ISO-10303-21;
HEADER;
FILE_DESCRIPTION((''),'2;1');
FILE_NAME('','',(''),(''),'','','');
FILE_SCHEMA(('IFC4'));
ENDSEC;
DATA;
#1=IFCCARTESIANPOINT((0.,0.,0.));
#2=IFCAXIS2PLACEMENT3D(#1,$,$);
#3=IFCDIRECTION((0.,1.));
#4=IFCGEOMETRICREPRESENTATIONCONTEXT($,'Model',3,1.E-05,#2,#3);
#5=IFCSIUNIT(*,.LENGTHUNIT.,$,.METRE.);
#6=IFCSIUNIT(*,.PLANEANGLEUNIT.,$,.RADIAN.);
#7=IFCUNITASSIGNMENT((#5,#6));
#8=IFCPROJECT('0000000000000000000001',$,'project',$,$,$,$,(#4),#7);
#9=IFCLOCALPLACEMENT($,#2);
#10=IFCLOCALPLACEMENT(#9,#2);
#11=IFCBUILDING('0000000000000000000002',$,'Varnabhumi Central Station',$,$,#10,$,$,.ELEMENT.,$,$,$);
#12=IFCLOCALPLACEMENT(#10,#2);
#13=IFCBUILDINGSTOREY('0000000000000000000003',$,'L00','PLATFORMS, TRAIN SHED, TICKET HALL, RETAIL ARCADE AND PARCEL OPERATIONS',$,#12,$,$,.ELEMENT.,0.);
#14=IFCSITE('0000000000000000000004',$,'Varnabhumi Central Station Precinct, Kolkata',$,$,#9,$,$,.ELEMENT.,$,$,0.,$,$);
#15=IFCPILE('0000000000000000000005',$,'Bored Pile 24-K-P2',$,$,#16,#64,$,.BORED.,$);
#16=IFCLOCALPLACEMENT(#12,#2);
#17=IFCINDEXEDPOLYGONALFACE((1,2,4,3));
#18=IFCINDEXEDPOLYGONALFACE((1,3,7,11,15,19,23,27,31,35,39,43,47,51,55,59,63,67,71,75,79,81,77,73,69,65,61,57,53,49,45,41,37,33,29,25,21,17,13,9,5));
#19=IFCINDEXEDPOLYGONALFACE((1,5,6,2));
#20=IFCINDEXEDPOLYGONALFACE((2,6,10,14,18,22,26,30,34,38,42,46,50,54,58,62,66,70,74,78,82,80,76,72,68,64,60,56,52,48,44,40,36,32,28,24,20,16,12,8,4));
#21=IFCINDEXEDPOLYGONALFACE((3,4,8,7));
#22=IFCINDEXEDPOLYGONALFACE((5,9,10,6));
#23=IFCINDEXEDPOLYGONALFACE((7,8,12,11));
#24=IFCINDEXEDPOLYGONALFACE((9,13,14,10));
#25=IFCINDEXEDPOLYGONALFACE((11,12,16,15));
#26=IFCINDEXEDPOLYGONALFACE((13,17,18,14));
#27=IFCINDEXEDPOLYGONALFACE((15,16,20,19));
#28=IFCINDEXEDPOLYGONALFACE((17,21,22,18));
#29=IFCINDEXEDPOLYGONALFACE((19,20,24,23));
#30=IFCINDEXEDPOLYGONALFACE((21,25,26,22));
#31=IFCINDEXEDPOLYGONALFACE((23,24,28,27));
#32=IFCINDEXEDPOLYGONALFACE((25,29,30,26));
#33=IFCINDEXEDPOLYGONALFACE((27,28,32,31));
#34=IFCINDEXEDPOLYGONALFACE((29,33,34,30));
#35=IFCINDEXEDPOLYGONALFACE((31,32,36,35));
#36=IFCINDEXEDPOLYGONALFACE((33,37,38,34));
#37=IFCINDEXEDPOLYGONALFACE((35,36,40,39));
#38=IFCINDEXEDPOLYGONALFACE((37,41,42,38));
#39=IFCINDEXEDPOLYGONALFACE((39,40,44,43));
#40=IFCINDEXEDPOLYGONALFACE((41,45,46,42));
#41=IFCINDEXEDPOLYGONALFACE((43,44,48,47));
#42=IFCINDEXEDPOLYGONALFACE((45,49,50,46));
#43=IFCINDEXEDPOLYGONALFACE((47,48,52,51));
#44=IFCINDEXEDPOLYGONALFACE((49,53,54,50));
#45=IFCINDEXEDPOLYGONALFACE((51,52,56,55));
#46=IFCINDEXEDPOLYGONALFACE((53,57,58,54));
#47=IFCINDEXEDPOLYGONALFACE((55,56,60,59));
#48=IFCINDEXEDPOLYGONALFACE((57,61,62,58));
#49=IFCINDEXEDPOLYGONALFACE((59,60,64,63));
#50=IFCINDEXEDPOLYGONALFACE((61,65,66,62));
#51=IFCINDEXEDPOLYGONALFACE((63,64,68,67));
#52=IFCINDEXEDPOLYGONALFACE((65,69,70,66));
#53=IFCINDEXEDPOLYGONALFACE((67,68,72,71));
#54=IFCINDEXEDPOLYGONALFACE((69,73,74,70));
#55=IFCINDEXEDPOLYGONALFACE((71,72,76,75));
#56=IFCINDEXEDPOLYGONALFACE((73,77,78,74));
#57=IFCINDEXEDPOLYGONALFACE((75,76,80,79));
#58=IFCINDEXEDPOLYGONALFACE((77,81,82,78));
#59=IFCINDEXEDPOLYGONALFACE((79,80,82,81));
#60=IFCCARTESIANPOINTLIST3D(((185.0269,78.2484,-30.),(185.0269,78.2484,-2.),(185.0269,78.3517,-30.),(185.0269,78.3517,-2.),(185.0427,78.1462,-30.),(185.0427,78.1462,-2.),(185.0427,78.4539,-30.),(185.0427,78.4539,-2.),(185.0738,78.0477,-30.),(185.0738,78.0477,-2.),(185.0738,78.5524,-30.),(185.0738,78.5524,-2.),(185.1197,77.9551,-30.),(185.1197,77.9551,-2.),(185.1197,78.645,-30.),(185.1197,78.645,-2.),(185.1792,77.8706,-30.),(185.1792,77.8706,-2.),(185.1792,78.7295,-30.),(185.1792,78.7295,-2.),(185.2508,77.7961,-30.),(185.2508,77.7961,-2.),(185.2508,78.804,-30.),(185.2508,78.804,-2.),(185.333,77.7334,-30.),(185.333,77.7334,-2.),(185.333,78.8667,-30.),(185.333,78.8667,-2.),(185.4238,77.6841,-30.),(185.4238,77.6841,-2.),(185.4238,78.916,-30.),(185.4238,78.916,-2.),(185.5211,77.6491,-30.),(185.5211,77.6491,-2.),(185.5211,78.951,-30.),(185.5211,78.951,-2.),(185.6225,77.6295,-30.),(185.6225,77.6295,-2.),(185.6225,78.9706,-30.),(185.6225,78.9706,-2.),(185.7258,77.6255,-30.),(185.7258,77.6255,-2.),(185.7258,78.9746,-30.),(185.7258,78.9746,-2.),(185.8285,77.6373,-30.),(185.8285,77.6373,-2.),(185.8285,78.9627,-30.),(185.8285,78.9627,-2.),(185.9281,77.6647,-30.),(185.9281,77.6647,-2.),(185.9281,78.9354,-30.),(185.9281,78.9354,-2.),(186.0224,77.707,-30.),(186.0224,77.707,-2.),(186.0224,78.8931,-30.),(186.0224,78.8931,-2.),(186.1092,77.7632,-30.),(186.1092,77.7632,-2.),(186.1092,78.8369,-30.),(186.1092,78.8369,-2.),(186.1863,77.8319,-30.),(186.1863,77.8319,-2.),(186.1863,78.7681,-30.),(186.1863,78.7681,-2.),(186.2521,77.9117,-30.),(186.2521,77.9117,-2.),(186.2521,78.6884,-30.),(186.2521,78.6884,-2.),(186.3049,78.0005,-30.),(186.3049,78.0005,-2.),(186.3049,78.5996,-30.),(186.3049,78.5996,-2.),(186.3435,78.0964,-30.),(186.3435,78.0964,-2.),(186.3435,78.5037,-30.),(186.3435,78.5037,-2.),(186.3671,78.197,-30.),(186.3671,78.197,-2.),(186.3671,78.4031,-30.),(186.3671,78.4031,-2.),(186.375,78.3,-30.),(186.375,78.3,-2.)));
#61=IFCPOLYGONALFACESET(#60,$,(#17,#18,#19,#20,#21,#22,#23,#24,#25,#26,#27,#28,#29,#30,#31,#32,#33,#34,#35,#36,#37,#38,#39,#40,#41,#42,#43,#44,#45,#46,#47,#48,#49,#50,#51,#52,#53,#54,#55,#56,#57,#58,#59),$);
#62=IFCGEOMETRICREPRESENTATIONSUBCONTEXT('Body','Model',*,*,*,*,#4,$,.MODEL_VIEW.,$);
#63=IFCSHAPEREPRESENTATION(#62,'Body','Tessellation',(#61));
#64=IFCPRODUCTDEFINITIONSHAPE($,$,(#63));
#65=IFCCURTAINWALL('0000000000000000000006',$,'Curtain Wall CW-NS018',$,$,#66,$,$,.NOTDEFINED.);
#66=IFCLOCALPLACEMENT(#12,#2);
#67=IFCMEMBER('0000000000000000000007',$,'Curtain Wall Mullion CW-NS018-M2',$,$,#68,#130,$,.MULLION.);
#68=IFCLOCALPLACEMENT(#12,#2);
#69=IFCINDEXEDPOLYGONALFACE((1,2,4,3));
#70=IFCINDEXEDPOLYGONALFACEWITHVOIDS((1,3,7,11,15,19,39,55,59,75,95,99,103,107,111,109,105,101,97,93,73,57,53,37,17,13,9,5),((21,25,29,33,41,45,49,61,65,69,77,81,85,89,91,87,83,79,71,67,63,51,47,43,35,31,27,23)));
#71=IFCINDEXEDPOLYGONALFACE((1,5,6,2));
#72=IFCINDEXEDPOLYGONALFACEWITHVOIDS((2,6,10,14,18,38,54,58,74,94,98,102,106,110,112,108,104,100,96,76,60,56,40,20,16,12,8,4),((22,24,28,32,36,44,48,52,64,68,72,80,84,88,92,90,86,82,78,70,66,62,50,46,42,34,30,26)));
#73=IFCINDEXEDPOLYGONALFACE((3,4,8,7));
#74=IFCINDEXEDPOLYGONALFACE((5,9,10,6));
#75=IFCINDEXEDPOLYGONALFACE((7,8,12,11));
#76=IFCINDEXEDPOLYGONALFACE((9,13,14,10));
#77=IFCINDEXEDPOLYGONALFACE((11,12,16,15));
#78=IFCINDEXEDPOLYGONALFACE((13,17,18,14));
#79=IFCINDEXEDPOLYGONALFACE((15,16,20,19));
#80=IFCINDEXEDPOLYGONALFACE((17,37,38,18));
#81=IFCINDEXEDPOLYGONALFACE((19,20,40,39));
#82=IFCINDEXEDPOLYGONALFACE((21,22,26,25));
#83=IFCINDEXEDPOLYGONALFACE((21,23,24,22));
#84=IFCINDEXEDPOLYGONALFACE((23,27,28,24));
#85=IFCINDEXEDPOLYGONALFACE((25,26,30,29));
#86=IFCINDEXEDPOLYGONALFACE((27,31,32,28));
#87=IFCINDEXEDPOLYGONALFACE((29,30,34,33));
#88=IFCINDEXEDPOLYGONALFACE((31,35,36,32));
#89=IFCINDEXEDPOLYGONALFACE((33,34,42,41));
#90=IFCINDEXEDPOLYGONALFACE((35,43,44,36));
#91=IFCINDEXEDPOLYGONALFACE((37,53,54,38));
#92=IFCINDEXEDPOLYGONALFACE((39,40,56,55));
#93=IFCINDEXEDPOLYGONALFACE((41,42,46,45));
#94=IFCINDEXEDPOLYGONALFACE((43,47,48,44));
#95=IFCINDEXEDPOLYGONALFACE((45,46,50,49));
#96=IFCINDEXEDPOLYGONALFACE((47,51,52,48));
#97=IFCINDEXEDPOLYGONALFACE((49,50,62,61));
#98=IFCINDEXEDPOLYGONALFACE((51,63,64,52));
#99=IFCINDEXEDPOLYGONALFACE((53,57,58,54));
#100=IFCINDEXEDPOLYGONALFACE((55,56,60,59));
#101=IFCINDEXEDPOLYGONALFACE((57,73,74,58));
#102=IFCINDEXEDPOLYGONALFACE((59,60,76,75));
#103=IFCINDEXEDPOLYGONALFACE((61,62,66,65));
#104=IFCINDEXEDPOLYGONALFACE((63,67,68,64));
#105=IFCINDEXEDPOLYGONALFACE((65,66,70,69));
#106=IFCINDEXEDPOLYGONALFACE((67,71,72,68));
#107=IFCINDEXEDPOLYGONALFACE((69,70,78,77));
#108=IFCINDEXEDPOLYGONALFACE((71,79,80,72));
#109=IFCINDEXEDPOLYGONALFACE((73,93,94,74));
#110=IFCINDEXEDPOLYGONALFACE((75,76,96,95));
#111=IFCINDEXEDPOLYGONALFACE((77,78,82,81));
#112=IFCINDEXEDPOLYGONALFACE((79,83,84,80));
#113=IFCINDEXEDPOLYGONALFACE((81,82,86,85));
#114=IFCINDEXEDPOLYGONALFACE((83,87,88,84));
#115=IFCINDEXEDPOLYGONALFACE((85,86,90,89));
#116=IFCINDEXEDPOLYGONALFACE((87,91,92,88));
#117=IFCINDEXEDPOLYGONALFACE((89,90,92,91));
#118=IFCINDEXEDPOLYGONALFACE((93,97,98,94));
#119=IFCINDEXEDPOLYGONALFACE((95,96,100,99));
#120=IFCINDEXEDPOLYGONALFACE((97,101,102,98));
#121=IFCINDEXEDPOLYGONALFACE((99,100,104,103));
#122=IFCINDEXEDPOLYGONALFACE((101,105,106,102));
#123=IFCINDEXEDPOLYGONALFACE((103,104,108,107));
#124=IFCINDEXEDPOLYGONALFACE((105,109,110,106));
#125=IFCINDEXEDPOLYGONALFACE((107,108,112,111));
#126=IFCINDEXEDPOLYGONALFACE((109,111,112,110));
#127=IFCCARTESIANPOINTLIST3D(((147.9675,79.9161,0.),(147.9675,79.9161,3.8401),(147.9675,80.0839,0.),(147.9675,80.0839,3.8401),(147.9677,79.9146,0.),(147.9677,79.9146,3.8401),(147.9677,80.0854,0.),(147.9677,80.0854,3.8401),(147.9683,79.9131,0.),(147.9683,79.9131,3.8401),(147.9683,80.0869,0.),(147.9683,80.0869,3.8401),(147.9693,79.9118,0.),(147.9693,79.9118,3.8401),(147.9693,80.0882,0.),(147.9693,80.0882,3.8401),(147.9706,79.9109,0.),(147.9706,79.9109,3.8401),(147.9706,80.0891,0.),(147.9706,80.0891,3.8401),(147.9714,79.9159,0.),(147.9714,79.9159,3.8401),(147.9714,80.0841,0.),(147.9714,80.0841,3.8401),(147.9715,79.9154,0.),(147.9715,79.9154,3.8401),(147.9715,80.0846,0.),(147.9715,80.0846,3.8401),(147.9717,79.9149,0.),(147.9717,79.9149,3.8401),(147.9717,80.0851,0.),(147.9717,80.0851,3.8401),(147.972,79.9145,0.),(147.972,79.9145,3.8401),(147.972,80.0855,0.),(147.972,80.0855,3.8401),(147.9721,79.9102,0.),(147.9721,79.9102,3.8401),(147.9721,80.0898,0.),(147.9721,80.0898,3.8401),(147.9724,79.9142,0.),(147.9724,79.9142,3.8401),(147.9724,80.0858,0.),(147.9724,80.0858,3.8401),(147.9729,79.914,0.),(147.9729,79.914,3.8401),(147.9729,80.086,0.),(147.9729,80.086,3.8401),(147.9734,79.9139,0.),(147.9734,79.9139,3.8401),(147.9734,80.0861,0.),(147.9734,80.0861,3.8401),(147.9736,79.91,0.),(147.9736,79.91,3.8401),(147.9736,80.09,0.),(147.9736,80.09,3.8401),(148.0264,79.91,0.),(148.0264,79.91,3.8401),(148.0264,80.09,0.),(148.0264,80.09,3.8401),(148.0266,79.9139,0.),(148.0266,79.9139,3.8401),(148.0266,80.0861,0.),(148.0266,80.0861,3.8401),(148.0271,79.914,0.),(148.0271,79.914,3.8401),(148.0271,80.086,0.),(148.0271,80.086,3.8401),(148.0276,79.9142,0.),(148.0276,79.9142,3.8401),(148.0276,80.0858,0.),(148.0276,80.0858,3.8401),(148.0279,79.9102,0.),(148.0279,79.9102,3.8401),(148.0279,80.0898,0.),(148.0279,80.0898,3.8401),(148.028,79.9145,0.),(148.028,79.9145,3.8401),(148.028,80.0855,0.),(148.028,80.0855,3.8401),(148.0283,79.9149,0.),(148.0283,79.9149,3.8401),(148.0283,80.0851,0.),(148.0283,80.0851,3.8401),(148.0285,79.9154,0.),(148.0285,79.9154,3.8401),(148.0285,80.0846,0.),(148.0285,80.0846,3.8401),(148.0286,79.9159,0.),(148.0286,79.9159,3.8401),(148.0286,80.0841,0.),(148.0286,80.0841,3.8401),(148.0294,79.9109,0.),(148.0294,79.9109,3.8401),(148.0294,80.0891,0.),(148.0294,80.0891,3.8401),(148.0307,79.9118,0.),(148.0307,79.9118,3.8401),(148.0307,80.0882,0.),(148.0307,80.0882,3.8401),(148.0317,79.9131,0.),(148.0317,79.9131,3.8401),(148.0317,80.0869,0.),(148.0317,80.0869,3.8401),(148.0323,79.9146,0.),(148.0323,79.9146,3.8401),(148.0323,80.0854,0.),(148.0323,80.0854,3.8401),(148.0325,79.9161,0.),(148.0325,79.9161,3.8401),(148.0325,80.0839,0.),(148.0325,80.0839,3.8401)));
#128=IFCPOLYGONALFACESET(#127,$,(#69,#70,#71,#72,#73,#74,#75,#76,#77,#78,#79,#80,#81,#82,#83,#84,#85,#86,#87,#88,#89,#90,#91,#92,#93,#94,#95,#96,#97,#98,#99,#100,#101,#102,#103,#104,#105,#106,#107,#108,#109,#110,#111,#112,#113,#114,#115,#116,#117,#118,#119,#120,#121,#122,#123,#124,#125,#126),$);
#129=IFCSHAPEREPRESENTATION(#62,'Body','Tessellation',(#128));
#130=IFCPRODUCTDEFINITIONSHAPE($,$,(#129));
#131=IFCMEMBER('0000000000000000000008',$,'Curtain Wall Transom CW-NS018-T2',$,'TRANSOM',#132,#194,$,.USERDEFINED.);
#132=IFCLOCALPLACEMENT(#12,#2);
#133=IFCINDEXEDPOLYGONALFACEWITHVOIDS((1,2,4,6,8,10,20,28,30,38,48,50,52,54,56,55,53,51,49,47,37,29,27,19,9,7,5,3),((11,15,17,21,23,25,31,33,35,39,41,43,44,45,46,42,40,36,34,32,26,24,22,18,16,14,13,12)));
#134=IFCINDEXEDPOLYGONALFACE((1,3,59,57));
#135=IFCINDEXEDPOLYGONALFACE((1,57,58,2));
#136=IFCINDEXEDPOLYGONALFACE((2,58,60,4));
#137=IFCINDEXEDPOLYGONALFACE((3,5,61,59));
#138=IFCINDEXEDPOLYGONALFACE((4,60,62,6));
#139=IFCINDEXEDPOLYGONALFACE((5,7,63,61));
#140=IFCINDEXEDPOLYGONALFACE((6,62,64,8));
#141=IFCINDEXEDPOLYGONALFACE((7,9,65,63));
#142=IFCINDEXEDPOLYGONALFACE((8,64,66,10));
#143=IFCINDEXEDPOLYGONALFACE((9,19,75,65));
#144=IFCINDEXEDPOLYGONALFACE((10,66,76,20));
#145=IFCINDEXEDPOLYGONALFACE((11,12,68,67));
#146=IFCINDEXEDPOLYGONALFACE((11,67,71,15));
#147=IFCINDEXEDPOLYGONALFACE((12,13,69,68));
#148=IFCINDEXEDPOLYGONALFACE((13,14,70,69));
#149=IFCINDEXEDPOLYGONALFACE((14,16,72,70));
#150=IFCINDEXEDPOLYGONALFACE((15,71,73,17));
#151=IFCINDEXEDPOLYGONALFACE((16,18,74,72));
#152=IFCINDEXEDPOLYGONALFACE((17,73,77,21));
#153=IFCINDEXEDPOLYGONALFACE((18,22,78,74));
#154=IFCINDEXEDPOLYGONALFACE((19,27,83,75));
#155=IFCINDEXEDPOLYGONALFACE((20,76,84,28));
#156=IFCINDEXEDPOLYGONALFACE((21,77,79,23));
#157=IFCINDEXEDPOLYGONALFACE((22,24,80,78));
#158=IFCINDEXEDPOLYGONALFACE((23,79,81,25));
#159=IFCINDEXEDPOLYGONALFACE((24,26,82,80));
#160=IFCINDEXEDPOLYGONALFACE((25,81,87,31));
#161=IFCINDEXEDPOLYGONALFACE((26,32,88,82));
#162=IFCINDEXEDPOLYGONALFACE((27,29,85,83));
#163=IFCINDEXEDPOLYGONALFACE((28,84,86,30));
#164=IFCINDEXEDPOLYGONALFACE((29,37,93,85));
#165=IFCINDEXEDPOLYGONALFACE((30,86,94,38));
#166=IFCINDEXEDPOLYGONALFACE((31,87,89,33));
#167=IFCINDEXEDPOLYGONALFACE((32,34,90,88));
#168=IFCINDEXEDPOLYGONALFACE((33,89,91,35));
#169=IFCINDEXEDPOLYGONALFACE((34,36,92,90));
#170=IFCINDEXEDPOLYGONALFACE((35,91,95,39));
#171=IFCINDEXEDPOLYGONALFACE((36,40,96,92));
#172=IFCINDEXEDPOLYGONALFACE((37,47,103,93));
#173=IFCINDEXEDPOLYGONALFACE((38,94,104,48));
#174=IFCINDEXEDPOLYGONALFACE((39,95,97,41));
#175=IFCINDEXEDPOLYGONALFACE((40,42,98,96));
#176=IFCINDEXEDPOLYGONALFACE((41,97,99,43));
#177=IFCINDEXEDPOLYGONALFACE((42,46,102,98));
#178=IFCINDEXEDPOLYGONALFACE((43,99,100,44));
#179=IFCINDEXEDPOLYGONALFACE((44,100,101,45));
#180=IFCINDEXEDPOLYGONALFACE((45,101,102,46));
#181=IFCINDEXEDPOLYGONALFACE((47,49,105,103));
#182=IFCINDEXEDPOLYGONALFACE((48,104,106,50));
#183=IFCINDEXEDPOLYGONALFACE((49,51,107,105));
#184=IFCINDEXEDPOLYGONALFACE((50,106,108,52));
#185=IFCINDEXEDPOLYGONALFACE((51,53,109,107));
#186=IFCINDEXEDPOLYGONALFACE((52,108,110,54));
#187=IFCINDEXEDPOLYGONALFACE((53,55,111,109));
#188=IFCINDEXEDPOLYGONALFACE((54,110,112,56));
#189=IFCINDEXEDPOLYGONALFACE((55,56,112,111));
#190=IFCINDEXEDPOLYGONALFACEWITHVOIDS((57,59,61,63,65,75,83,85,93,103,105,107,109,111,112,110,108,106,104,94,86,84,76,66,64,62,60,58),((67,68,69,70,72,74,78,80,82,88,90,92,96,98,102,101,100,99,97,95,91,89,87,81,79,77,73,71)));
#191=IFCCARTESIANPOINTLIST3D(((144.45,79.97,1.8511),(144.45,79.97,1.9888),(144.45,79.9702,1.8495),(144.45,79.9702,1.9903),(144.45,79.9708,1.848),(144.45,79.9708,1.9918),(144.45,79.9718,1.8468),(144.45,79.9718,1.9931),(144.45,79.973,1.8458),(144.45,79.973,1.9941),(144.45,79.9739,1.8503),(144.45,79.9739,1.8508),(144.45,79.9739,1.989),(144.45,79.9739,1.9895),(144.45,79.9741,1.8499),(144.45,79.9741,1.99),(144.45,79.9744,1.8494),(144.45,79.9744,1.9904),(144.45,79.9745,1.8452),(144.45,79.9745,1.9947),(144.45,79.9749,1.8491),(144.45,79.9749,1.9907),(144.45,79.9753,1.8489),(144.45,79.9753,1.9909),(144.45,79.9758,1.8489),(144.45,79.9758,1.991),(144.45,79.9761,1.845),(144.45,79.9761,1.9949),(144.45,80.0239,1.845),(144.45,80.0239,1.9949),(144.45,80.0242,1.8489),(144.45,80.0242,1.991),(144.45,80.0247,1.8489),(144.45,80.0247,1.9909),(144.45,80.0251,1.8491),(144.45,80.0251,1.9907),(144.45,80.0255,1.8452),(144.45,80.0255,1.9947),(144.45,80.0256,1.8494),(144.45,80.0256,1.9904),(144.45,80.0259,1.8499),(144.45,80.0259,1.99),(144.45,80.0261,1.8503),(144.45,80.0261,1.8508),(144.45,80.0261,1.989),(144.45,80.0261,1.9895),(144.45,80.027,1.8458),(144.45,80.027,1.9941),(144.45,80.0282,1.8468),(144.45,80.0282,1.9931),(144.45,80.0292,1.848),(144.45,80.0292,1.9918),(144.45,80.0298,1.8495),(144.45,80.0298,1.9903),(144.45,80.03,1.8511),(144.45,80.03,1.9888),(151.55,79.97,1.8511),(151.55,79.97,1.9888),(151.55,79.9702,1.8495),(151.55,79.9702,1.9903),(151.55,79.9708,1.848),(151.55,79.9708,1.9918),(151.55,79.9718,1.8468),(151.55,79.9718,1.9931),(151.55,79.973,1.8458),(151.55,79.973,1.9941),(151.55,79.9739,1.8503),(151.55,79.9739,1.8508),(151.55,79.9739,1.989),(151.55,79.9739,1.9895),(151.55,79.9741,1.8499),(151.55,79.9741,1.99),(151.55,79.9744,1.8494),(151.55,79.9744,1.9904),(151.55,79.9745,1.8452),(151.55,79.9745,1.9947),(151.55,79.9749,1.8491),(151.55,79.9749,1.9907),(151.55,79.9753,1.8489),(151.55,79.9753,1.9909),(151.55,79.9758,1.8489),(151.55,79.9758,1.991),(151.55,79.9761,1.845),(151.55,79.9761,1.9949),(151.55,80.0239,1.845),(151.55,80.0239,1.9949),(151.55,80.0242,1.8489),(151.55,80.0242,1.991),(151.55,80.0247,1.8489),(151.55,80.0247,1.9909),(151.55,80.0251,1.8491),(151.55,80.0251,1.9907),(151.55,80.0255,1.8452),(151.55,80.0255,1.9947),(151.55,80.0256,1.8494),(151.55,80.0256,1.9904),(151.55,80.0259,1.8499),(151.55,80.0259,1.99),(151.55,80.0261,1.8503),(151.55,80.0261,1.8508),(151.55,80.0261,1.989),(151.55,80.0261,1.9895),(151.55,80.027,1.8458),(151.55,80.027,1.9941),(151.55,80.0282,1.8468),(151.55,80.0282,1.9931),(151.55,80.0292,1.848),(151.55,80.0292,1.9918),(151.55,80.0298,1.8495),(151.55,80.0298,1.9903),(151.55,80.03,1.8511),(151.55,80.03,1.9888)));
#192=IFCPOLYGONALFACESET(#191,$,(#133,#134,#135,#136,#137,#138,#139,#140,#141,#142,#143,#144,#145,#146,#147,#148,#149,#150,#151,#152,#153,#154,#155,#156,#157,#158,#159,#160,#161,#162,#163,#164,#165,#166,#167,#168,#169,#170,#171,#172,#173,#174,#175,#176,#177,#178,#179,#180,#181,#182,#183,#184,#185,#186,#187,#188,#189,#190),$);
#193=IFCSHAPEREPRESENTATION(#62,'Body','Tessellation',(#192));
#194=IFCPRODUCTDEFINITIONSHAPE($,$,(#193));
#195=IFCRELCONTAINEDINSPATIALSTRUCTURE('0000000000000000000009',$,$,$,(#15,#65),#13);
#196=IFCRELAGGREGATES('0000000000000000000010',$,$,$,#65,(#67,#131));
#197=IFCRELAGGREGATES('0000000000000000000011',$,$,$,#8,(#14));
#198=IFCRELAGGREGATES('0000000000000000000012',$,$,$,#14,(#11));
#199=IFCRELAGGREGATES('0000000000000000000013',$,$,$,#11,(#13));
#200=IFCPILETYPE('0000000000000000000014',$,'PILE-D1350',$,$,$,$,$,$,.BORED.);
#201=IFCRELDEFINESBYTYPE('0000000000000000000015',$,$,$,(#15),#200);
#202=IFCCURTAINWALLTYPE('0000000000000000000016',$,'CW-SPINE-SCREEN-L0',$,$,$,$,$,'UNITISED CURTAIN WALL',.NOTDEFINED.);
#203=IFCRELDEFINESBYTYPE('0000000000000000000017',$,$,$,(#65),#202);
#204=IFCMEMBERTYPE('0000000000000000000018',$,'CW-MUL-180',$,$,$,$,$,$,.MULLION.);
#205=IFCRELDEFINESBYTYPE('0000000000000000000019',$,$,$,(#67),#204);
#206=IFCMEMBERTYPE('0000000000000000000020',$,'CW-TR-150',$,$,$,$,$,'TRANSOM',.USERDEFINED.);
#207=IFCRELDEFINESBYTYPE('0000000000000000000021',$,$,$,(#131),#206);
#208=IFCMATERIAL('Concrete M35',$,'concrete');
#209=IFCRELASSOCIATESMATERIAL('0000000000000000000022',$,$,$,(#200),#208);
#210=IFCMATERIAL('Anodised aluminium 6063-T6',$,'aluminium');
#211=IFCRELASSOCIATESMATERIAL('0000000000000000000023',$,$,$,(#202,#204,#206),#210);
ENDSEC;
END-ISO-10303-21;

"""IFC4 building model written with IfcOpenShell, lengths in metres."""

from ifc_helpers import new_model, si_unit, direction, frame, origin, origin_2d, place, context, subcontext, project, spatial, hollow_rectangle, circle, extrude, material, material_profile, profile_set, type_object, element, aggregate, save


model = new_model("IFC4")

# Units and contexts
model_context = context("Model", 3, precision=1e-05, world=origin(), true_north=direction((0.0, 1.0)))
body_context = subcontext(model_context, "Body", "Model", "MODEL_VIEW")
ifc_project = project(units=[si_unit("LENGTHUNIT", "METRE"), si_unit("PLANEANGLEUNIT", "RADIAN")], contexts=[model_context])

# Site, building, storey
site_placement = place(None, origin())
site = spatial("IfcSite", under=ifc_project, at=site_placement, Name="Varnabhumi Central Station Precinct, Kolkata", CompositionType="ELEMENT", RefElevation=0.0)
building_placement = place(site_placement, origin())
building = spatial("IfcBuilding", under=site, at=building_placement, Name="Varnabhumi Central Station", CompositionType="ELEMENT")
storey_placement = place(building_placement, origin())
storey = spatial("IfcBuildingStorey", under=building, at=storey_placement, Name="L00", Description="PLATFORMS, TRAIN SHED, TICKET HALL, RETAIL ARCADE AND PARCEL OPERATIONS", CompositionType="ELEMENT", Elevation=0.0)

# Pile
ifc_material_1 = material(Name="Concrete M35", Category="concrete")
ifc_material_profile_1 = material_profile(ifc_material_1, circle(Radius=0.675, at=origin_2d()), Name="Concrete M35", Category="concrete")
ifc_profile_set_1 = profile_set([ifc_material_profile_1], Name="Concrete M35")
pile_type = type_object("IfcPileType", Name="PILE-D1350", PredefinedType="BORED", material=ifc_profile_set_1)
for number, where, z_axis, x_axis, name in (
    (1, (185.7, 78.3, -2.0), (0.0, 0.0, -1.0), (1.0, 0.0, 0.0), "Bored Pile 24-K-P2"),
):
    element("IfcPile", number, at=place(storey_placement, frame(where, z_axis=z_axis, x_axis=x_axis)), inside=storey, type_object=pile_type, Name=name, PredefinedType="BORED", context=body_context, shape_type="SweptSolid", body=[
        extrude(circle(Radius=0.675, at=origin_2d()), origin(), (0.0, 0.0, 1.0), 28.0),
    ])

# Curtain wall, members
ifc_material_2 = material(Name="Anodised aluminium 6063-T6", Category="aluminium")
curtain_wall_type = type_object("IfcCurtainWallType", Name="CW-SPINE-SCREEN-L0", ElementType="UNITISED CURTAIN WALL", PredefinedType="NOTDEFINED", material=ifc_material_2)
curtain_wall_placement = place(storey_placement, origin())
curtain_wall = element("IfcCurtainWall", 2, at=curtain_wall_placement, inside=storey, type_object=curtain_wall_type, Name="Curtain Wall CW-NS018", PredefinedType="NOTDEFINED")
ifc_material_profile_2 = material_profile(ifc_material_2, hollow_rectangle(XDim=0.0649, YDim=0.1799, WallThickness=0.0039, InnerFilletRadius=0.002, OuterFilletRadius=0.0061, at=origin_2d()), Name="Anodised aluminium 6063-T6", Category="aluminium")
ifc_profile_set_2 = profile_set([ifc_material_profile_2], Name="Anodised aluminium 6063-T6")
member_type_1 = type_object("IfcMemberType", Name="CW-MUL-180", PredefinedType="MULLION", material=ifc_profile_set_2)
member_1_placement = place(storey_placement, frame((148.0, 80.0, 0.0), z_axis=(0.0, 0.0, 1.0), x_axis=(1.0, 0.0, 0.0)))
member_1 = element("IfcMember", 3, at=member_1_placement, type_object=member_type_1, Name="Curtain Wall Mullion CW-NS018-M2", PredefinedType="MULLION", context=body_context, shape_type="SweptSolid", body=[
    extrude(hollow_rectangle(XDim=0.0649, YDim=0.1799, WallThickness=0.0039, InnerFilletRadius=0.002, OuterFilletRadius=0.0061, at=origin_2d()), origin(), (0.0, 0.0, 1.0), 3.8401),
])
ifc_material_profile_3 = material_profile(ifc_material_2, hollow_rectangle(XDim=0.0601, YDim=0.1499, WallThickness=0.0039, InnerFilletRadius=0.002, OuterFilletRadius=0.0061, at=origin_2d()), Name="Anodised aluminium 6063-T6", Category="aluminium")
ifc_profile_set_3 = profile_set([ifc_material_profile_3], Name="Anodised aluminium 6063-T6")
member_type_2 = type_object("IfcMemberType", Name="CW-TR-150", ElementType="TRANSOM", PredefinedType="USERDEFINED", material=ifc_profile_set_3)
member_2_placement = place(storey_placement, frame((144.45, 80.0, 1.9199), z_axis=(1.0, 0.0, 0.0), x_axis=(0.0, 1.0, 0.0)))
member_2 = element("IfcMember", 4, at=member_2_placement, type_object=member_type_2, Name="Curtain Wall Transom CW-NS018-T2", ObjectType="TRANSOM", PredefinedType="USERDEFINED", context=body_context, shape_type="SweptSolid", body=[
    extrude(hollow_rectangle(XDim=0.0601, YDim=0.1499, WallThickness=0.0039, InnerFilletRadius=0.002, OuterFilletRadius=0.0061, at=origin_2d()), origin(), (0.0, 0.0, 1.0), 7.1001),
])
aggregate(curtain_wall, [member_1, member_2])

save(model, "model.ifc")
